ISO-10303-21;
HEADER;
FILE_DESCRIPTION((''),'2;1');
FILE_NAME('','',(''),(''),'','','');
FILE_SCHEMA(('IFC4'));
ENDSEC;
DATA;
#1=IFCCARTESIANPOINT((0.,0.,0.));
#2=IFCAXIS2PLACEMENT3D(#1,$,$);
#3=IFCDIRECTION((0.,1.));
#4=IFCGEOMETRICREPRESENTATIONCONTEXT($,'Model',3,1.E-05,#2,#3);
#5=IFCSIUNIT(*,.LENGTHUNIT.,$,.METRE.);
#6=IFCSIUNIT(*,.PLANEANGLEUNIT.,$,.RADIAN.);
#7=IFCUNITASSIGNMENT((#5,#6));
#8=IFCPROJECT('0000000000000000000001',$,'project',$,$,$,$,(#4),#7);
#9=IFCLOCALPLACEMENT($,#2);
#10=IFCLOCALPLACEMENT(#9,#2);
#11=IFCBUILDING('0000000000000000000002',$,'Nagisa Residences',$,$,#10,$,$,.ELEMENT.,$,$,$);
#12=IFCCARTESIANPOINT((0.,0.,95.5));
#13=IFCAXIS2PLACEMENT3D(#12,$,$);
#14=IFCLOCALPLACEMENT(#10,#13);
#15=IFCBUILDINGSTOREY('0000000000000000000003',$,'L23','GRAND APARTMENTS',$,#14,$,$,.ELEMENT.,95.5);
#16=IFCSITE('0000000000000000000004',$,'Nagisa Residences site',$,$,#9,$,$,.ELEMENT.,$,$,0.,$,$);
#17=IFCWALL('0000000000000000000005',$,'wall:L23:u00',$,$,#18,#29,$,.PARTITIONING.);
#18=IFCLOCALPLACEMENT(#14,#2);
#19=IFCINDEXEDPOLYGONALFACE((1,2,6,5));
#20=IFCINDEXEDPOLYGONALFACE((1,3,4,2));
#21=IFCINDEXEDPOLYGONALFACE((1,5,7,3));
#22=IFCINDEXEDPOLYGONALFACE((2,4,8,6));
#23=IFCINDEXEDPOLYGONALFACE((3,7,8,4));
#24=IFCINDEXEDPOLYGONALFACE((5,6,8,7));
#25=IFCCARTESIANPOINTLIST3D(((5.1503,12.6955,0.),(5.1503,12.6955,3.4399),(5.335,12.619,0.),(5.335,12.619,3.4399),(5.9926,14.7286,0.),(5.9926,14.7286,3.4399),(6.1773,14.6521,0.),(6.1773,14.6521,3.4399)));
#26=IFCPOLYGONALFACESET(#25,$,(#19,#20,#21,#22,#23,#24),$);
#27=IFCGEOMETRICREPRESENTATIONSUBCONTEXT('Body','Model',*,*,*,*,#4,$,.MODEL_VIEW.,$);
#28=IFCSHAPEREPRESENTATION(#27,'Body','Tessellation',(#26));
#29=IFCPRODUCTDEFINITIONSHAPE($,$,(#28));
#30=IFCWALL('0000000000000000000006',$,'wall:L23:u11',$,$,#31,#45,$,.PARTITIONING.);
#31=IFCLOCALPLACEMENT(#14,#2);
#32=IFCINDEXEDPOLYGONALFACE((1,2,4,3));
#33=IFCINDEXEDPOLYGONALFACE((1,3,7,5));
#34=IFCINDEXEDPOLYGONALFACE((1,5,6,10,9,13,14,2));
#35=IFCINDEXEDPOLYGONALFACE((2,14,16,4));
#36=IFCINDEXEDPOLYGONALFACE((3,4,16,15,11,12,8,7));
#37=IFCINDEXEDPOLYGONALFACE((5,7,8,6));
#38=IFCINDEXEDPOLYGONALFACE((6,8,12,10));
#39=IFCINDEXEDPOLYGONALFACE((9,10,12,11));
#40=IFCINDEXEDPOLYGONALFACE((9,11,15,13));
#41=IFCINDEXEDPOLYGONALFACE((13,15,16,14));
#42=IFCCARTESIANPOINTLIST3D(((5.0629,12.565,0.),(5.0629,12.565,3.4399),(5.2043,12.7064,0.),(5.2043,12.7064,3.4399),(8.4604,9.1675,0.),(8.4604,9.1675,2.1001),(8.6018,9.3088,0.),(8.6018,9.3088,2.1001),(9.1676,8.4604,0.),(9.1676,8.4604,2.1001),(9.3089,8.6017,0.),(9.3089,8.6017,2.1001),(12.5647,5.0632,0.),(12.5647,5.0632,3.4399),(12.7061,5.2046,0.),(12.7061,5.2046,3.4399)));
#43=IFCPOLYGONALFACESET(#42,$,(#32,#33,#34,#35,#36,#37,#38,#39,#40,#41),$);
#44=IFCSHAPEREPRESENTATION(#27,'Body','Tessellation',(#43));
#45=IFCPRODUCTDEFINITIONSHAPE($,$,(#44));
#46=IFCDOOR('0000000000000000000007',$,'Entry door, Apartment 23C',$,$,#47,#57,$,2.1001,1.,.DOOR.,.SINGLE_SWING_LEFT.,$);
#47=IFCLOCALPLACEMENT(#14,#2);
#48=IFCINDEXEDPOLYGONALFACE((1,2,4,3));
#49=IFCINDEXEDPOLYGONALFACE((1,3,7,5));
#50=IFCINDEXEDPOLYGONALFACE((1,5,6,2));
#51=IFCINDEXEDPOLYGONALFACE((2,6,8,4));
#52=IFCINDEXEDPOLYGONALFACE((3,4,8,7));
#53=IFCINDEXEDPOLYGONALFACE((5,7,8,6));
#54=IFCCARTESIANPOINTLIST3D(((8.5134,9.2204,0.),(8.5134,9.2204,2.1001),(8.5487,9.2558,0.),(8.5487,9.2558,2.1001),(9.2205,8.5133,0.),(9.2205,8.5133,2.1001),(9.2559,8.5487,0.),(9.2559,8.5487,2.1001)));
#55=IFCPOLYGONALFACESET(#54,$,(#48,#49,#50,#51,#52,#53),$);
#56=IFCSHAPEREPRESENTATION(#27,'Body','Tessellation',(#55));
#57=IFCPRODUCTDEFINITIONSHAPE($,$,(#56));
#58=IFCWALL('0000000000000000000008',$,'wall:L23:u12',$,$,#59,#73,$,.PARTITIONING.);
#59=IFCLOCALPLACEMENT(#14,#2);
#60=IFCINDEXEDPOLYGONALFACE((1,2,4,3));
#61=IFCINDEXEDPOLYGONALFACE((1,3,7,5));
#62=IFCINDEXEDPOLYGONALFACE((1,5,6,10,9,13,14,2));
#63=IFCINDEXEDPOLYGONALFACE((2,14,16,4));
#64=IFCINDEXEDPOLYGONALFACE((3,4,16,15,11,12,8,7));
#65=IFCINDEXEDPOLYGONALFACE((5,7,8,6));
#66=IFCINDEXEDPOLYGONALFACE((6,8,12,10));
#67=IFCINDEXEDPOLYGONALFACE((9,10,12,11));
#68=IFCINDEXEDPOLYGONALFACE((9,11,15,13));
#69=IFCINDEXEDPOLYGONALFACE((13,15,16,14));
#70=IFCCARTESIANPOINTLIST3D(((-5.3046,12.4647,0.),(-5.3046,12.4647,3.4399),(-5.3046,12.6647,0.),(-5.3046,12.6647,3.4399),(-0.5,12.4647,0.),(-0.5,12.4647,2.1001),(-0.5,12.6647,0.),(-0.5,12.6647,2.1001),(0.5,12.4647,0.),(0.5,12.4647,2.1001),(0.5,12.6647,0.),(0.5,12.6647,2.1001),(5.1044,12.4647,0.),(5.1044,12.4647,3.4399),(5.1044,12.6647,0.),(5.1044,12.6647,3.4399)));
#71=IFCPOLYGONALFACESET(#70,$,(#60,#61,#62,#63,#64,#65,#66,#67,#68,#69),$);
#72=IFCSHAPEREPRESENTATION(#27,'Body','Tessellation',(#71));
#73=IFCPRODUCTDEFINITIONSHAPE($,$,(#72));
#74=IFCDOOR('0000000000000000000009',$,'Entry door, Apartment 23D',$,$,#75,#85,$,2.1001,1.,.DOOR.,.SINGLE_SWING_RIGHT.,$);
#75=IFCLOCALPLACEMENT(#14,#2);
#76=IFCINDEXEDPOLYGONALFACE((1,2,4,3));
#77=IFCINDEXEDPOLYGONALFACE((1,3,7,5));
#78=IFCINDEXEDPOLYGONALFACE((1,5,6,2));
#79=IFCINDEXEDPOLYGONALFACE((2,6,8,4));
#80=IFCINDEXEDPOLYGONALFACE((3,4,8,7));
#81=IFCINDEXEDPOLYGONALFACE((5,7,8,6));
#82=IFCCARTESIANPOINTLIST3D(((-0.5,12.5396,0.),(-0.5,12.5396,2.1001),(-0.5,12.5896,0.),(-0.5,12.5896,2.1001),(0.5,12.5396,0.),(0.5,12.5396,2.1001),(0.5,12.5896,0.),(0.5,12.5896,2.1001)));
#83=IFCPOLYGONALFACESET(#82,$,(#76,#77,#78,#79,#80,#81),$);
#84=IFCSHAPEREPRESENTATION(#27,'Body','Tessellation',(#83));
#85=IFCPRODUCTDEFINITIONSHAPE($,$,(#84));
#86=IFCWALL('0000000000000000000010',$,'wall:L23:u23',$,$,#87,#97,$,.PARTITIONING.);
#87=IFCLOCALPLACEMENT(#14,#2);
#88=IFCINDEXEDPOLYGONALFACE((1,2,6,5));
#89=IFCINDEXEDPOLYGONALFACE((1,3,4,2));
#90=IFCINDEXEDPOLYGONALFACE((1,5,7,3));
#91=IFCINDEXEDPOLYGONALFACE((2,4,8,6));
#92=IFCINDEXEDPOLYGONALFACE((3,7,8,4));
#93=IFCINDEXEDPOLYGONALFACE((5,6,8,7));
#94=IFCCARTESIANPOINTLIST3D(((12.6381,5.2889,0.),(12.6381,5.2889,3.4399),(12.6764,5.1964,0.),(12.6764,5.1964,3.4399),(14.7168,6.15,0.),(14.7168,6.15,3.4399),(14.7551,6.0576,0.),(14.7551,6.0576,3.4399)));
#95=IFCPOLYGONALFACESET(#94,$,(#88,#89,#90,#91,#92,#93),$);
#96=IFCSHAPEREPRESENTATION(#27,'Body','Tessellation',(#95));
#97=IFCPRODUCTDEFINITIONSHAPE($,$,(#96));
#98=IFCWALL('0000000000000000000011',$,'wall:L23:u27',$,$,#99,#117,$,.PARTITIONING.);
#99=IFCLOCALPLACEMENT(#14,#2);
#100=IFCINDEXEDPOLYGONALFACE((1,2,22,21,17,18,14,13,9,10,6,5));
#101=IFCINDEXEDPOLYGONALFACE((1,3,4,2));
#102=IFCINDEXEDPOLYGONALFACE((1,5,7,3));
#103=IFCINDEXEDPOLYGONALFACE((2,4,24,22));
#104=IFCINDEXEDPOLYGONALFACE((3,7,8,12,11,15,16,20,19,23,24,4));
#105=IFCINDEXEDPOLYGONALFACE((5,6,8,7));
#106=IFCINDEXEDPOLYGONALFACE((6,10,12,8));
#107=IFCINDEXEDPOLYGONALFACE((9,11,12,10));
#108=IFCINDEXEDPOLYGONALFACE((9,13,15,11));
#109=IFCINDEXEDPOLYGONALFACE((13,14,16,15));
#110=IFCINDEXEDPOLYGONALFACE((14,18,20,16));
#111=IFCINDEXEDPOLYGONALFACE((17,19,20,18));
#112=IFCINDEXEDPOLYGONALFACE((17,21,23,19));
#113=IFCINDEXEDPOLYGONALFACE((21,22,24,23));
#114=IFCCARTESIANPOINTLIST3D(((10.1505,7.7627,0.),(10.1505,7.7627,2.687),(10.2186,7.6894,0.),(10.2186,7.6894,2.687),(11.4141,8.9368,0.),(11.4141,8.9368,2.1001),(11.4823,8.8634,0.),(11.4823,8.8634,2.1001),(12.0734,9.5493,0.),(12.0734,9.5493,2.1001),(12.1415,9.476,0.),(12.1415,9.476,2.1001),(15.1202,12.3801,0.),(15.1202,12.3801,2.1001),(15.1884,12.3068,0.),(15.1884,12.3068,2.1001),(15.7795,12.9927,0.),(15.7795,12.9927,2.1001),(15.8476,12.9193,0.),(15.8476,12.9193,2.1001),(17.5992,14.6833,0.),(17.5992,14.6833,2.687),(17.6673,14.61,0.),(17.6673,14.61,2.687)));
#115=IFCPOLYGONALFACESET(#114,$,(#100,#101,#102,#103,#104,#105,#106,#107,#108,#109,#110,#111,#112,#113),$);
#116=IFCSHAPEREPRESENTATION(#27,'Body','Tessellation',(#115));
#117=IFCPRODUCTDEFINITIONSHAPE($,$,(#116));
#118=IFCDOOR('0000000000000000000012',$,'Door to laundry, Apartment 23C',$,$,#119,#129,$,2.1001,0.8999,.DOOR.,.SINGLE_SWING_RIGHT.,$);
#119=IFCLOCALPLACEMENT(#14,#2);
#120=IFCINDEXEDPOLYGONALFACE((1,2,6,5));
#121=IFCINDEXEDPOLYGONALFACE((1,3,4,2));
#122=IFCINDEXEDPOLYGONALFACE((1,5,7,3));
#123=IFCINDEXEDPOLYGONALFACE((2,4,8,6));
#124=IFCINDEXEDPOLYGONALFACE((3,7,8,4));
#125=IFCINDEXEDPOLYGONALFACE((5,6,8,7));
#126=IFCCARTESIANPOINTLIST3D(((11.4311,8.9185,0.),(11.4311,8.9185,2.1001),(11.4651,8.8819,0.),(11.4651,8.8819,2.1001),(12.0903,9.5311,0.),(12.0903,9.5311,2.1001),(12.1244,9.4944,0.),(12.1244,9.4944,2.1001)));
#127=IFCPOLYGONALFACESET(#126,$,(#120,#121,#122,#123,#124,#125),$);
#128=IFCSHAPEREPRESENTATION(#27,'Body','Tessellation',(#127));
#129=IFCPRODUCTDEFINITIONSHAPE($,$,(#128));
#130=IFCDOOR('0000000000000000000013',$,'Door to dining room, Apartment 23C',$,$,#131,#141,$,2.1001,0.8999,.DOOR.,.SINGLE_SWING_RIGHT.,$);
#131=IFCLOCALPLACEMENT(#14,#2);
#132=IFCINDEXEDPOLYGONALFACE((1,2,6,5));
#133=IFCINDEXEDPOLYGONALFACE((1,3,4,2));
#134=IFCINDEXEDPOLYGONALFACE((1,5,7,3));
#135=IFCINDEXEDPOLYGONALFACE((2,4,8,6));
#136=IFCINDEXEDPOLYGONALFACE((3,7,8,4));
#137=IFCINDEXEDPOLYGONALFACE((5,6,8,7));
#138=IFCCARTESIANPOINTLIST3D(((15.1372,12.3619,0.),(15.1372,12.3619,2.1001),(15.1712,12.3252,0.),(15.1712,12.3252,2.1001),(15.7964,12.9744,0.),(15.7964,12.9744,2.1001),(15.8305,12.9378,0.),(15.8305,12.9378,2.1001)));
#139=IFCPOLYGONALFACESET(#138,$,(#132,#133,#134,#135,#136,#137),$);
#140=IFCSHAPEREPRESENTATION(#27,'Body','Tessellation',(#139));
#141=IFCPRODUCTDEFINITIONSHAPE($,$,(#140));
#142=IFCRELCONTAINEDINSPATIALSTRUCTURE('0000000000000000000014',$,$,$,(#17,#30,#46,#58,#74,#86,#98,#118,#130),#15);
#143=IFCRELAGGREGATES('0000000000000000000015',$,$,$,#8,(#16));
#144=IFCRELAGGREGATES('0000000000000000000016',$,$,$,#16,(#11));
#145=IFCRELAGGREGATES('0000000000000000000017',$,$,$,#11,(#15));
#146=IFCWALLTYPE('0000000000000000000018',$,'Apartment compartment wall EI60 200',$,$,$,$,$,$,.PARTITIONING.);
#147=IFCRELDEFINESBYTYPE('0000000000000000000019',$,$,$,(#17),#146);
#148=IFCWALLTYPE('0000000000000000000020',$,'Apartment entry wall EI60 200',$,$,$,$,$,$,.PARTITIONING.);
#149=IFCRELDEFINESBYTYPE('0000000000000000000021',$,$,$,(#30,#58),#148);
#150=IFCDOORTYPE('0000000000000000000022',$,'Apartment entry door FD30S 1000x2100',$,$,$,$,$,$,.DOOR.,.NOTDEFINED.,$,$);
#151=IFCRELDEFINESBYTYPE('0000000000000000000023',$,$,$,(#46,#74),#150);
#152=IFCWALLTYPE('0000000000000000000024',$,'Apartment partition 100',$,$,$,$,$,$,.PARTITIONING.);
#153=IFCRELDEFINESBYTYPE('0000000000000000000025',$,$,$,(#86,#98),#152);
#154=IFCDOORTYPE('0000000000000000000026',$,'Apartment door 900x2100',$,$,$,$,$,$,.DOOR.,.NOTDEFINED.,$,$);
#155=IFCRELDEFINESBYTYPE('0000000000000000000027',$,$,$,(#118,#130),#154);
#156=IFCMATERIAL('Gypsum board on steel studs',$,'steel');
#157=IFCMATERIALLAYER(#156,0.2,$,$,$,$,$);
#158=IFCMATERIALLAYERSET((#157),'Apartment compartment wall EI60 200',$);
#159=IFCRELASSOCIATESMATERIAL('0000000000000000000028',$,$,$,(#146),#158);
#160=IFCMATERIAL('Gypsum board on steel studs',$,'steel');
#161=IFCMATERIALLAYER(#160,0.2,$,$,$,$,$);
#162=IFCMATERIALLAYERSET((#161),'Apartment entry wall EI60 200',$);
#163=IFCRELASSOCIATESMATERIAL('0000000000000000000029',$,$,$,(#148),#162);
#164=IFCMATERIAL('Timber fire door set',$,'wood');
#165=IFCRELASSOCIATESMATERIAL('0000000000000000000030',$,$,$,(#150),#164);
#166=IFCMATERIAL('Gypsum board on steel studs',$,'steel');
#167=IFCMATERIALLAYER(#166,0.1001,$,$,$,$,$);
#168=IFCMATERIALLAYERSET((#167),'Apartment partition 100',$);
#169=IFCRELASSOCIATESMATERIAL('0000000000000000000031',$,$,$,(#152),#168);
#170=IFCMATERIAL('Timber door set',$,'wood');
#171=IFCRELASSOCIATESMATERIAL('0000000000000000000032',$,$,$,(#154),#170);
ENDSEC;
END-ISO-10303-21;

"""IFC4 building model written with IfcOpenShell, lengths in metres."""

from ifc_helpers import new_model, si_unit, direction, frame, frame_2d, origin, place, context, subcontext, project, spatial, rectangle, extrude, material, layer, layer_set, type_object, element, fill, save


model = new_model("IFC4")

# Units and contexts
model_context = context("Model", 3, precision=1e-05, world=origin(), true_north=direction((0.0, 1.0)))
body_context = subcontext(model_context, "Body", "Model", "MODEL_VIEW")
ifc_project = project(units=[si_unit("LENGTHUNIT", "METRE"), si_unit("PLANEANGLEUNIT", "RADIAN")], contexts=[model_context])

# Site, building, storey
site_placement = place(None, origin())
site = spatial("IfcSite", under=ifc_project, at=site_placement, Name="Nagisa Residences site", CompositionType="ELEMENT", RefElevation=0.0)
building_placement = place(site_placement, origin())
building = spatial("IfcBuilding", under=site, at=building_placement, Name="Nagisa Residences", CompositionType="ELEMENT")
storey_placement = place(building_placement, frame((0.0, 0.0, 95.5)))
storey = spatial("IfcBuildingStorey", under=building, at=storey_placement, Name="L23", Description="GRAND APARTMENTS", CompositionType="ELEMENT", Elevation=95.5)

# Wall
ifc_material_1 = material(Name="Gypsum board on steel studs", Category="steel")
ifc_layer_1 = layer(ifc_material_1, 0.2)
ifc_layer_set_1 = layer_set([ifc_layer_1], Name="Apartment compartment wall EI60 200")
wall_type_1 = type_object("IfcWallType", Name="Apartment compartment wall EI60 200", PredefinedType="PARTITIONING", material=ifc_layer_set_1)
wall_1_placement = place(storey_placement, frame((5.2427, 12.6572, 0.0), z_axis=(0.0, 0.0, 1.0), x_axis=(0.382724, 0.923863, 0.0)))
element("IfcWall", 1, at=wall_1_placement, inside=storey, type_object=wall_type_1, Name="wall:L23:u00", PredefinedType="PARTITIONING", context=body_context, shape_type="SweptSolid", body=[
    extrude(rectangle(XDim=2.2007, YDim=0.2, at=frame_2d((1.1003, 0.0))), origin(), (0.0, 0.0, 1.0), 3.4399),
])

# Walls, openings, doors
ifc_material_2 = material(Name="Gypsum board on steel studs", Category="steel")
ifc_layer_2 = layer(ifc_material_2, 0.2)
ifc_layer_set_2 = layer_set([ifc_layer_2], Name="Apartment entry wall EI60 200")
wall_type_2 = type_object("IfcWallType", Name="Apartment entry wall EI60 200", PredefinedType="PARTITIONING", material=ifc_layer_set_2)
wall_2_placement = place(storey_placement, frame((12.6355, 5.1338, 0.0), z_axis=(0.0, 0.0, 1.0), x_axis=(-0.707107, 0.707107, 0.0)))
wall_2 = element("IfcWall", 2, at=wall_2_placement, inside=storey, type_object=wall_type_2, Name="wall:L23:u11", PredefinedType="PARTITIONING", context=body_context, shape_type="SweptSolid", body=[
    extrude(rectangle(XDim=10.6091, YDim=0.2, at=frame_2d((5.3047, 0.0))), origin(), (0.0, 0.0, 1.0), 3.4399),
])
opening_1_placement = place(wall_2_placement, frame((4.8044, 0.0, 0.0)))
opening_1 = element("IfcOpeningElement", 3, at=opening_1_placement, cuts=wall_2, PredefinedType="OPENING", context=body_context, shape_type="SweptSolid", body=[
    extrude(rectangle(XDim=1.0, YDim=2.1001, at=frame_2d((0.5, 1.05))), frame((0.0, 0.1099, 0.0), z_axis=(0.0, -1.0, 0.0), x_axis=(1.0, 0.0, 0.0)), (0.0, 0.0, 1.0), 0.22),
])
ifc_material_3 = material(Name="Timber fire door set", Category="wood")
door_type_1 = type_object("IfcDoorType", Name="Apartment entry door FD30S 1000x2100", OperationType="NOTDEFINED", PredefinedType="DOOR", material=ifc_material_3)
door_1_placement = place(opening_1_placement, frame((1.0, 0.0, 0.0), x_axis=(-1.0, 0.0, 0.0)))
door_1 = element("IfcDoor", 4, at=door_1_placement, inside=storey, type_object=door_type_1, Name="Entry door, Apartment 23C", OperationType="SINGLE_SWING_LEFT", OverallHeight=2.1001, OverallWidth=1.0, PredefinedType="DOOR", context=body_context, shape_type="SweptSolid", body=[
    extrude(rectangle(XDim=1.0, YDim=2.1001, at=frame_2d((0.5, 1.05))), frame((0.0, 0.0249, 0.0), z_axis=(0.0, -1.0, 0.0), x_axis=(1.0, 0.0, 0.0)), (0.0, 0.0, 1.0), 0.05),
])
fill(opening_1, door_1)
wall_3_placement = place(storey_placement, frame((5.1045, 12.5647, 0.0), z_axis=(0.0, 0.0, 1.0), x_axis=(-1.0, 0.0, 0.0)))
wall_3 = element("IfcWall", 5, at=wall_3_placement, inside=storey, type_object=wall_type_2, Name="wall:L23:u12", PredefinedType="PARTITIONING", context=body_context, shape_type="SweptSolid", body=[
    extrude(rectangle(XDim=10.4089, YDim=0.2, at=frame_2d((5.2046, 0.0))), origin(), (0.0, 0.0, 1.0), 3.4399),
])
opening_2_placement = place(wall_3_placement, frame((4.6045, 0.0, 0.0)))
opening_2 = element("IfcOpeningElement", 6, at=opening_2_placement, cuts=wall_3, PredefinedType="OPENING", context=body_context, shape_type="SweptSolid", body=[
    extrude(rectangle(XDim=1.0, YDim=2.1001, at=frame_2d((0.5, 1.05))), frame((0.0, 0.1099, 0.0), z_axis=(0.0, -1.0, 0.0), x_axis=(1.0, 0.0, 0.0)), (0.0, 0.0, 1.0), 0.22),
])
door_2_placement = place(opening_2_placement, frame((1.0, 0.0, 0.0), x_axis=(-1.0, 0.0, 0.0)))
door_2 = element("IfcDoor", 7, at=door_2_placement, inside=storey, type_object=door_type_1, Name="Entry door, Apartment 23D", OperationType="SINGLE_SWING_RIGHT", OverallHeight=2.1001, OverallWidth=1.0, PredefinedType="DOOR", context=body_context, shape_type="SweptSolid", body=[
    extrude(rectangle(XDim=1.0, YDim=2.1001, at=frame_2d((0.5, 1.05))), frame((0.0, 0.0249, 0.0), z_axis=(0.0, -1.0, 0.0), x_axis=(1.0, 0.0, 0.0)), (0.0, 0.0, 1.0), 0.05),
])
fill(opening_2, door_2)

# Wall
ifc_material_4 = material(Name="Gypsum board on steel studs", Category="steel")
ifc_layer_3 = layer(ifc_material_4, 0.1001)
ifc_layer_set_3 = layer_set([ifc_layer_3], Name="Apartment partition 100")
wall_type_3 = type_object("IfcWallType", Name="Apartment partition 100", PredefinedType="PARTITIONING", material=ifc_layer_set_3)
wall_4_placement = place(storey_placement, frame((12.6572, 5.2427, 0.0), z_axis=(0.0, 0.0, 1.0), x_axis=(0.923865, 0.382719, 0.0)))
element("IfcWall", 8, at=wall_4_placement, inside=storey, type_object=wall_type_3, Name="wall:L23:u23", PredefinedType="PARTITIONING", context=body_context, shape_type="SweptSolid", body=[
    extrude(rectangle(XDim=2.25, YDim=0.1001, at=frame_2d((1.125, 0.0))), origin(), (0.0, 0.0, 1.0), 3.4399),
])

# Wall, openings, doors
wall_5_placement = place(storey_placement, frame((10.1846, 7.7261, 0.0), z_axis=(0.0, 0.0, 1.0), x_axis=(0.732598, 0.680661, 0.0)))
wall_5 = element("IfcWall", 9, at=wall_5_placement, inside=storey, type_object=wall_type_3, Name="wall:L23:u27", PredefinedType="PARTITIONING", context=body_context, shape_type="SweptSolid", body=[
    extrude(rectangle(XDim=10.1675, YDim=0.1001, at=frame_2d((5.0837, 0.0))), origin(), (0.0, 0.0, 1.0), 2.687),
])
opening_3_placement = place(wall_5_placement, frame((1.7249, 0.0, 0.0)))
opening_3 = element("IfcOpeningElement", 10, at=opening_3_placement, cuts=wall_5, PredefinedType="OPENING", context=body_context, shape_type="SweptSolid", body=[
    extrude(rectangle(XDim=0.8999, YDim=2.1001, at=frame_2d((0.45, 1.05))), frame((0.0, 0.0601, 0.0), z_axis=(0.0, -1.0, 0.0), x_axis=(1.0, 0.0, 0.0)), (0.0, 0.0, 1.0), 0.1201),
])
opening_4_placement = place(wall_5_placement, frame((6.7837, 0.0, 0.0)))
opening_4 = element("IfcOpeningElement", 11, at=opening_4_placement, cuts=wall_5, PredefinedType="OPENING", context=body_context, shape_type="SweptSolid", body=[
    extrude(rectangle(XDim=0.8999, YDim=2.1001, at=frame_2d((0.45, 1.05))), frame((0.0, 0.0601, 0.0), z_axis=(0.0, -1.0, 0.0), x_axis=(1.0, 0.0, 0.0)), (0.0, 0.0, 1.0), 0.1201),
])
ifc_material_5 = material(Name="Timber door set", Category="wood")
door_type_2 = type_object("IfcDoorType", Name="Apartment door 900x2100", OperationType="NOTDEFINED", PredefinedType="DOOR", material=ifc_material_5)
door_3_placement = place(opening_3_placement, frame((0.8999, 0.0, 0.0), x_axis=(-1.0, 0.0, 0.0)))
door_3 = element("IfcDoor", 12, at=door_3_placement, inside=storey, type_object=door_type_2, Name="Door to laundry, Apartment 23C", OperationType="SINGLE_SWING_RIGHT", OverallHeight=2.1001, OverallWidth=0.8999, PredefinedType="DOOR", context=body_context, shape_type="SweptSolid", body=[
    extrude(rectangle(XDim=0.8999, YDim=2.1001, at=frame_2d((0.45, 1.05))), frame((0.0, 0.0249, 0.0), z_axis=(0.0, -1.0, 0.0), x_axis=(1.0, 0.0, 0.0)), (0.0, 0.0, 1.0), 0.05),
])
fill(opening_3, door_3)
door_4_placement = place(opening_4_placement, frame((0.8999, 0.0, 0.0), x_axis=(-1.0, 0.0, 0.0)))
door_4 = element("IfcDoor", 13, at=door_4_placement, inside=storey, type_object=door_type_2, Name="Door to dining room, Apartment 23C", OperationType="SINGLE_SWING_RIGHT", OverallHeight=2.1001, OverallWidth=0.8999, PredefinedType="DOOR", context=body_context, shape_type="SweptSolid", body=[
    extrude(rectangle(XDim=0.8999, YDim=2.1001, at=frame_2d((0.45, 1.05))), frame((0.0, 0.0249, 0.0), z_axis=(0.0, -1.0, 0.0), x_axis=(1.0, 0.0, 0.0)), (0.0, 0.0, 1.0), 0.05),
])
fill(opening_4, door_4)

save(model, "model.ifc")
